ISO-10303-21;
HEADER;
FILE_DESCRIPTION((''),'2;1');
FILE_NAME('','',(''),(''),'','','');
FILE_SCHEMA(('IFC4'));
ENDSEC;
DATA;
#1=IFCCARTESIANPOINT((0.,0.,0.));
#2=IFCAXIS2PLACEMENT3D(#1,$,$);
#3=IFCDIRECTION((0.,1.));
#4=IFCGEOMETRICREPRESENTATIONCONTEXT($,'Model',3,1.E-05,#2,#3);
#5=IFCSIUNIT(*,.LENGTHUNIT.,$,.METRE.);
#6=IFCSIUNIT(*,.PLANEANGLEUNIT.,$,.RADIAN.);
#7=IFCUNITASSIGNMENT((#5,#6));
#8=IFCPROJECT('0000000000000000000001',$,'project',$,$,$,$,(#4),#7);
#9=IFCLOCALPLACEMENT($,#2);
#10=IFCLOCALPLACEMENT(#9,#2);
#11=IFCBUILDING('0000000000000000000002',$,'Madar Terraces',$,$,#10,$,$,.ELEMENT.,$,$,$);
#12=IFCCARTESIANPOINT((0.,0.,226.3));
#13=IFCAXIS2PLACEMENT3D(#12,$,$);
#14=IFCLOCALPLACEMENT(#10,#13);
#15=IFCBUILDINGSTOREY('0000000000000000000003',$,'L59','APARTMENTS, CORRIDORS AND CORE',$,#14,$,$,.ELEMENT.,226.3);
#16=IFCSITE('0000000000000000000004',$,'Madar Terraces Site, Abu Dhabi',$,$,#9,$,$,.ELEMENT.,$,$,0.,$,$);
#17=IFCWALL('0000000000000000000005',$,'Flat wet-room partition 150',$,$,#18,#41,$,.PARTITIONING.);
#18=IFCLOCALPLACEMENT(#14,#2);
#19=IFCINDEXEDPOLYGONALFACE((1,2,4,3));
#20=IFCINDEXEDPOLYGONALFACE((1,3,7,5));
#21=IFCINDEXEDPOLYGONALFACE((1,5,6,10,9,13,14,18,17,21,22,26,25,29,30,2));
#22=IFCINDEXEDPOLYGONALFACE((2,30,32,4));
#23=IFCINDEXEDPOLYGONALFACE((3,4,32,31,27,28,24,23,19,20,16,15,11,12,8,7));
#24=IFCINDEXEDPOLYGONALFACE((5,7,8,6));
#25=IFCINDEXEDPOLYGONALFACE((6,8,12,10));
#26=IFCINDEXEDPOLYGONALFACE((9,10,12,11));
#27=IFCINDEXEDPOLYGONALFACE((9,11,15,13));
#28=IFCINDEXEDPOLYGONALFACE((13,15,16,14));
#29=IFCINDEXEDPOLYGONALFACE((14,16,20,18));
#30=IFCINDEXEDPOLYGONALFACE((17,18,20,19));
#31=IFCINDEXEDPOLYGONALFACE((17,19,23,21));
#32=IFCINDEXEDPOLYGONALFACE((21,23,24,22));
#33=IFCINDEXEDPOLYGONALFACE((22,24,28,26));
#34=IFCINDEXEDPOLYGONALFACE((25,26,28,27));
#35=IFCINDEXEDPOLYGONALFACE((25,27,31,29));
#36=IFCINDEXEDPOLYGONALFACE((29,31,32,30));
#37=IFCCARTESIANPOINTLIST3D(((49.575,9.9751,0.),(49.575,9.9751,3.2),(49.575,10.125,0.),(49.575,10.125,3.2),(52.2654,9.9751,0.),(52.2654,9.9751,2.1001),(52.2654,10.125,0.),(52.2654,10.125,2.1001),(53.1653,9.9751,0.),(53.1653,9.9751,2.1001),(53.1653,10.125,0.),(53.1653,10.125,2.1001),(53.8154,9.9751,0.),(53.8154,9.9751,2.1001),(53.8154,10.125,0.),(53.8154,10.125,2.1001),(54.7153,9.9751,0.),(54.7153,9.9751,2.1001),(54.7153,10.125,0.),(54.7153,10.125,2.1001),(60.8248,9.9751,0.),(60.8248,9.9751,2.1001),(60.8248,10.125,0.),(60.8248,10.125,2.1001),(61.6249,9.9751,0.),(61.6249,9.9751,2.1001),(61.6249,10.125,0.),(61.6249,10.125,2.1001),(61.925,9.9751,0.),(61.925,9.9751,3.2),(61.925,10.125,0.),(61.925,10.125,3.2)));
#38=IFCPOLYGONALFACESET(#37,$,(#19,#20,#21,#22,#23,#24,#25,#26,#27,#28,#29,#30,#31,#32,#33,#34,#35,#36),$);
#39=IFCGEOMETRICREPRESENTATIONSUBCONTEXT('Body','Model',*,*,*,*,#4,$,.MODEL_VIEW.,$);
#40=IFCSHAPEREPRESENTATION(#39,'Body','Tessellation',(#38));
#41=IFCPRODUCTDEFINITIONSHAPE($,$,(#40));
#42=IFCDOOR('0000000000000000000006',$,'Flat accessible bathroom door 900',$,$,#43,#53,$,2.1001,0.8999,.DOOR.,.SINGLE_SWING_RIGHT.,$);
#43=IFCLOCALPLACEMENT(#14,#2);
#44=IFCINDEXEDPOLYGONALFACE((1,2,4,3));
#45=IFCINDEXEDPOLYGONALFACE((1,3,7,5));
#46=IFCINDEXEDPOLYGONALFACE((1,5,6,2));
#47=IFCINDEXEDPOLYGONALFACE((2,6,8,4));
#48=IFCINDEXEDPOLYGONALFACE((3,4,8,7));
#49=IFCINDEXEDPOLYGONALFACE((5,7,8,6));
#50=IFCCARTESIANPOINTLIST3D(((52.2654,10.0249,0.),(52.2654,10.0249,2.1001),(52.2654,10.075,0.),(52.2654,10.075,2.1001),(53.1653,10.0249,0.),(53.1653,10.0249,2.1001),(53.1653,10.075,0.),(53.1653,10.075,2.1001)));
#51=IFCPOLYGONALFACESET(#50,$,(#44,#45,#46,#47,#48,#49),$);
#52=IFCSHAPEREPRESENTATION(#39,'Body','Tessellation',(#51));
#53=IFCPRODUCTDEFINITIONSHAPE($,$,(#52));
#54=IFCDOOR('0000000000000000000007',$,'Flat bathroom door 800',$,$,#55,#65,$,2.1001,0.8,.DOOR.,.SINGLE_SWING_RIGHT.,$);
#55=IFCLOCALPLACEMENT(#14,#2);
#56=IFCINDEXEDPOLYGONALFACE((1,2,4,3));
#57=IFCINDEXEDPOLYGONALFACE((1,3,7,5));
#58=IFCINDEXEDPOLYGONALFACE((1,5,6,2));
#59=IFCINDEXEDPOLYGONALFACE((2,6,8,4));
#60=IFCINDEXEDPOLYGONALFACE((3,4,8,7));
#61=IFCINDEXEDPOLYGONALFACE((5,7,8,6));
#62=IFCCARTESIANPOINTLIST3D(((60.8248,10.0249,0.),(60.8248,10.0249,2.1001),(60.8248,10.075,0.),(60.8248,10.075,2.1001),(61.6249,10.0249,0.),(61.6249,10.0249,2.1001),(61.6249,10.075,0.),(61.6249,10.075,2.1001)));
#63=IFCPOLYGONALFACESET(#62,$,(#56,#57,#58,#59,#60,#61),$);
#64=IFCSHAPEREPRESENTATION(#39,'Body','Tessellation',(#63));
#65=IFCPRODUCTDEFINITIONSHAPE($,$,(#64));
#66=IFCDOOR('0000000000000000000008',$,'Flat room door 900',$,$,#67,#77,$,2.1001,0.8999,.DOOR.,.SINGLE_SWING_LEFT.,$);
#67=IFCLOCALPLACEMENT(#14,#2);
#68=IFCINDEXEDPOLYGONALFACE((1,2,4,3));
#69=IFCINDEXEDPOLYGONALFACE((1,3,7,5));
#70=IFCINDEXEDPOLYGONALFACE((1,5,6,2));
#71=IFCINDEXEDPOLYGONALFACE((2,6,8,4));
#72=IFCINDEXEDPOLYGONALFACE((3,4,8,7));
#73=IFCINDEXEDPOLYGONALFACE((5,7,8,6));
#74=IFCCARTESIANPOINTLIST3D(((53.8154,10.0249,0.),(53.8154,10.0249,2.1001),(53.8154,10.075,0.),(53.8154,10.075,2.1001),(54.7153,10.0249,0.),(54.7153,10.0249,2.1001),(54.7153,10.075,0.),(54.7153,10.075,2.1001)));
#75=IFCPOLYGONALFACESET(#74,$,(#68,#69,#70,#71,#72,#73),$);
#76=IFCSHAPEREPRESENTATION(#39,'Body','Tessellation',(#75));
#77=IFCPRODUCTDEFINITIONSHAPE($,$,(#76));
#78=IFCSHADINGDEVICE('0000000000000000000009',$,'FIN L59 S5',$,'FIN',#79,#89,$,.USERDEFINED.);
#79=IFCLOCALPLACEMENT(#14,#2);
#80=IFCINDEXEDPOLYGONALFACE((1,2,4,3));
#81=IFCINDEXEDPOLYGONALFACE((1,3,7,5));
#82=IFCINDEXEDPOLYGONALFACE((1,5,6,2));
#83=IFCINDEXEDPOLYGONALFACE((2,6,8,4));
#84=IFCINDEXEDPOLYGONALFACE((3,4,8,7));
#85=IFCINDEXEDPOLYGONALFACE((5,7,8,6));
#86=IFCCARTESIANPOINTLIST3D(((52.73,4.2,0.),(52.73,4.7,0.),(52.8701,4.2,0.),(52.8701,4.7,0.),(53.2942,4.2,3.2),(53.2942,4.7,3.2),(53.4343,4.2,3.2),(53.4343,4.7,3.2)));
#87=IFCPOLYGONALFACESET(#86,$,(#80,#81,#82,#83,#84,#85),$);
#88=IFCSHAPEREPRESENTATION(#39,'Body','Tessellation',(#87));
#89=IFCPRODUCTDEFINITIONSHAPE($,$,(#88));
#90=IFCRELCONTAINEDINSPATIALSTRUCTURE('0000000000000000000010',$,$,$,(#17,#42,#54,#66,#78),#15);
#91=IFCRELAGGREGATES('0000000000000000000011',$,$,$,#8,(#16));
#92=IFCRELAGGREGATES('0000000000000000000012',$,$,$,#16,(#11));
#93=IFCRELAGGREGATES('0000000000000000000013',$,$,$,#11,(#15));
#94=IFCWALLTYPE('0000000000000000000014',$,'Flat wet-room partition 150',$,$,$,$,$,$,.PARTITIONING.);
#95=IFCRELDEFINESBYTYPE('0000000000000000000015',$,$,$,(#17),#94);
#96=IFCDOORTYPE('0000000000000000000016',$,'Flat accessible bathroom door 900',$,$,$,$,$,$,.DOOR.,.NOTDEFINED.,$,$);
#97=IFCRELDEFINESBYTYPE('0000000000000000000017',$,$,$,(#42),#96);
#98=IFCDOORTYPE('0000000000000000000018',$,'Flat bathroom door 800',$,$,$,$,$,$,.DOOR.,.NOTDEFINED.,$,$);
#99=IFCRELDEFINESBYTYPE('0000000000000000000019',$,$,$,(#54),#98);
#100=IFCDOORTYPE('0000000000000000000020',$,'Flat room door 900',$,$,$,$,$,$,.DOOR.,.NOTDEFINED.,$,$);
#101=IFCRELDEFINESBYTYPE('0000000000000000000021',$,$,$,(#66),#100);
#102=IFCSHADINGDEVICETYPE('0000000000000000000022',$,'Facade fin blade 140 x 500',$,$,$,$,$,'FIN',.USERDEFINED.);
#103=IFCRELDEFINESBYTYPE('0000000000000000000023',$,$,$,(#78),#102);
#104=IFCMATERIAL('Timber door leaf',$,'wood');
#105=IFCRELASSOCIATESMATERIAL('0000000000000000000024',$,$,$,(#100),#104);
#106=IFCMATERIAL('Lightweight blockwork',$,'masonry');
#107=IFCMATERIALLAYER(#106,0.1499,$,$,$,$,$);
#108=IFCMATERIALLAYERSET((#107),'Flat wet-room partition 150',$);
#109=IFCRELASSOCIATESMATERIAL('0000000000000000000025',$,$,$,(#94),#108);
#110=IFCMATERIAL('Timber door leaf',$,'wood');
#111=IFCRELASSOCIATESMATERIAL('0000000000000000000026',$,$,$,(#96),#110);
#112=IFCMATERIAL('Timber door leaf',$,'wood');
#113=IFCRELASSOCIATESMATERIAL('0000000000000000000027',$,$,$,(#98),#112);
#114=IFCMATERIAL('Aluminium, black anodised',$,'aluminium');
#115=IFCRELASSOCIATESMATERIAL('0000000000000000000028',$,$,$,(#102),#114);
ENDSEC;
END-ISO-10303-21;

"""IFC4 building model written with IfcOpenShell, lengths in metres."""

from ifc_helpers import new_model, si_unit, direction, frame, frame_2d, origin, place, context, subcontext, project, spatial, polyline, rectangle, outline, extrude, material, layer, layer_set, type_object, element, fill, save


model = new_model("IFC4")

# Units and contexts
model_context = context("Model", 3, precision=1e-05, world=origin(), true_north=direction((0.0, 1.0)))
body_context = subcontext(model_context, "Body", "Model", "MODEL_VIEW")
ifc_project = project(units=[si_unit("LENGTHUNIT", "METRE"), si_unit("PLANEANGLEUNIT", "RADIAN")], contexts=[model_context])

# Site, building, storey
site_placement = place(None, origin())
site = spatial("IfcSite", under=ifc_project, at=site_placement, Name="Madar Terraces Site, Abu Dhabi", CompositionType="ELEMENT", RefElevation=0.0)
building_placement = place(site_placement, origin())
building = spatial("IfcBuilding", under=site, at=building_placement, Name="Madar Terraces", CompositionType="ELEMENT")
storey_placement = place(building_placement, frame((0.0, 0.0, 226.3)))
storey = spatial("IfcBuildingStorey", under=building, at=storey_placement, Name="L59", Description="APARTMENTS, CORRIDORS AND CORE", CompositionType="ELEMENT", Elevation=226.3)

# Wall, openings, doors
ifc_material_1 = material(Name="Timber door leaf", Category="wood")
door_type_1 = type_object("IfcDoorType", Name="Flat room door 900", OperationType="NOTDEFINED", PredefinedType="DOOR", material=ifc_material_1)
ifc_material_2 = material(Name="Lightweight blockwork", Category="masonry")
ifc_layer_1 = layer(ifc_material_2, 0.1499)
ifc_layer_set_1 = layer_set([ifc_layer_1], Name="Flat wet-room partition 150")
wall_type_1 = type_object("IfcWallType", Name="Flat wet-room partition 150", PredefinedType="PARTITIONING", material=ifc_layer_set_1)
wall_1_placement = place(storey_placement, frame((49.575, 10.05, 0.0), z_axis=(0.0, 0.0, 1.0), x_axis=(1.0, 0.0, 0.0)))
wall_1 = element("IfcWall", 1, at=wall_1_placement, inside=storey, type_object=wall_type_1, Name="Flat wet-room partition 150", PredefinedType="PARTITIONING", context=body_context, shape_type="SweptSolid", body=[
    extrude(rectangle(XDim=12.3501, YDim=0.1499, at=frame_2d((6.175, 0.0))), origin(), (0.0, 0.0, 1.0), 3.2),
])
opening_1_placement = place(wall_1_placement, frame((2.6904, 0.0, 0.0)))
opening_1 = element("IfcOpeningElement", 2, at=opening_1_placement, cuts=wall_1, PredefinedType="OPENING", context=body_context, shape_type="SweptSolid", body=[
    extrude(rectangle(XDim=0.8999, YDim=2.1001, at=frame_2d((0.45, 1.05))), frame((0.0, 0.085, 0.0), z_axis=(0.0, -1.0, 0.0), x_axis=(1.0, 0.0, 0.0)), (0.0, 0.0, 1.0), 0.1699),
])
opening_2_placement = place(wall_1_placement, frame((4.2405, 0.0, 0.0)))
opening_2 = element("IfcOpeningElement", 3, at=opening_2_placement, cuts=wall_1, PredefinedType="OPENING", context=body_context, shape_type="SweptSolid", body=[
    extrude(rectangle(XDim=0.8999, YDim=2.1001, at=frame_2d((0.45, 1.05))), frame((0.0, 0.085, 0.0), z_axis=(0.0, -1.0, 0.0), x_axis=(1.0, 0.0, 0.0)), (0.0, 0.0, 1.0), 0.1699),
])
opening_3_placement = place(wall_1_placement, frame((11.25, 0.0, 0.0)))
opening_3 = element("IfcOpeningElement", 4, at=opening_3_placement, cuts=wall_1, PredefinedType="OPENING", context=body_context, shape_type="SweptSolid", body=[
    extrude(rectangle(XDim=0.8, YDim=2.1001, at=frame_2d((0.3999, 1.05))), frame((0.0, 0.085, 0.0), z_axis=(0.0, -1.0, 0.0), x_axis=(1.0, 0.0, 0.0)), (0.0, 0.0, 1.0), 0.1699),
])
ifc_material_3 = material(Name="Timber door leaf", Category="wood")
door_type_2 = type_object("IfcDoorType", Name="Flat accessible bathroom door 900", OperationType="NOTDEFINED", PredefinedType="DOOR", material=ifc_material_3)
door_1_placement = place(opening_1_placement, origin())
door_1 = element("IfcDoor", 5, at=door_1_placement, inside=storey, type_object=door_type_2, Name="Flat accessible bathroom door 900", OperationType="SINGLE_SWING_RIGHT", OverallHeight=2.1001, OverallWidth=0.8999, PredefinedType="DOOR", context=body_context, shape_type="SweptSolid", body=[
    extrude(rectangle(XDim=0.8999, YDim=2.1001, at=frame_2d((0.45, 1.05))), frame((0.0, 0.0249, 0.0), z_axis=(0.0, -1.0, 0.0), x_axis=(1.0, 0.0, 0.0)), (0.0, 0.0, 1.0), 0.05),
])
fill(opening_1, door_1)
ifc_material_4 = material(Name="Timber door leaf", Category="wood")
door_type_3 = type_object("IfcDoorType", Name="Flat bathroom door 800", OperationType="NOTDEFINED", PredefinedType="DOOR", material=ifc_material_4)
door_2_placement = place(opening_3_placement, origin())
door_2 = element("IfcDoor", 6, at=door_2_placement, inside=storey, type_object=door_type_3, Name="Flat bathroom door 800", OperationType="SINGLE_SWING_RIGHT", OverallHeight=2.1001, OverallWidth=0.8, PredefinedType="DOOR", context=body_context, shape_type="SweptSolid", body=[
    extrude(rectangle(XDim=0.8, YDim=2.1001, at=frame_2d((0.3999, 1.05))), frame((0.0, 0.0249, 0.0), z_axis=(0.0, -1.0, 0.0), x_axis=(1.0, 0.0, 0.0)), (0.0, 0.0, 1.0), 0.05),
])
fill(opening_3, door_2)
door_3_placement = place(opening_2_placement, origin())
door_3 = element("IfcDoor", 7, at=door_3_placement, inside=storey, type_object=door_type_1, Name="Flat room door 900", OperationType="SINGLE_SWING_LEFT", OverallHeight=2.1001, OverallWidth=0.8999, PredefinedType="DOOR", context=body_context, shape_type="SweptSolid", body=[
    extrude(rectangle(XDim=0.8999, YDim=2.1001, at=frame_2d((0.45, 1.05))), frame((0.0, 0.0249, 0.0), z_axis=(0.0, -1.0, 0.0), x_axis=(1.0, 0.0, 0.0)), (0.0, 0.0, 1.0), 0.05),
])
fill(opening_2, door_3)

# Shading device
ifc_material_5 = material(Name="Aluminium, black anodised", Category="aluminium")
shading_device_type = type_object("IfcShadingDeviceType", Name="Facade fin blade 140 x 500", ElementType="FIN", PredefinedType="USERDEFINED", material=ifc_material_5)
shading_device_placement = place(storey_placement, frame((52.73, 4.45, 0.0), z_axis=(0.0, 0.0, 1.0), x_axis=(1.0, 0.0, 0.0)))
element("IfcShadingDevice", 8, at=shading_device_placement, inside=storey, type_object=shading_device_type, Name="FIN L59 S5", ObjectType="FIN", PredefinedType="USERDEFINED", context=body_context, shape_type="SweptSolid", body=[
    extrude(outline(polyline([(0.0, 0.0), (0.1401, 0.0), (0.7043, 3.2), (0.5642, 3.2), (0.0, 0.0)])), frame((0.0, 0.25, 0.0), z_axis=(0.0, -1.0, 0.0), x_axis=(1.0, 0.0, 0.0)), (0.0, 0.0, 1.0), 0.5),
])

save(model, "model.ifc")
